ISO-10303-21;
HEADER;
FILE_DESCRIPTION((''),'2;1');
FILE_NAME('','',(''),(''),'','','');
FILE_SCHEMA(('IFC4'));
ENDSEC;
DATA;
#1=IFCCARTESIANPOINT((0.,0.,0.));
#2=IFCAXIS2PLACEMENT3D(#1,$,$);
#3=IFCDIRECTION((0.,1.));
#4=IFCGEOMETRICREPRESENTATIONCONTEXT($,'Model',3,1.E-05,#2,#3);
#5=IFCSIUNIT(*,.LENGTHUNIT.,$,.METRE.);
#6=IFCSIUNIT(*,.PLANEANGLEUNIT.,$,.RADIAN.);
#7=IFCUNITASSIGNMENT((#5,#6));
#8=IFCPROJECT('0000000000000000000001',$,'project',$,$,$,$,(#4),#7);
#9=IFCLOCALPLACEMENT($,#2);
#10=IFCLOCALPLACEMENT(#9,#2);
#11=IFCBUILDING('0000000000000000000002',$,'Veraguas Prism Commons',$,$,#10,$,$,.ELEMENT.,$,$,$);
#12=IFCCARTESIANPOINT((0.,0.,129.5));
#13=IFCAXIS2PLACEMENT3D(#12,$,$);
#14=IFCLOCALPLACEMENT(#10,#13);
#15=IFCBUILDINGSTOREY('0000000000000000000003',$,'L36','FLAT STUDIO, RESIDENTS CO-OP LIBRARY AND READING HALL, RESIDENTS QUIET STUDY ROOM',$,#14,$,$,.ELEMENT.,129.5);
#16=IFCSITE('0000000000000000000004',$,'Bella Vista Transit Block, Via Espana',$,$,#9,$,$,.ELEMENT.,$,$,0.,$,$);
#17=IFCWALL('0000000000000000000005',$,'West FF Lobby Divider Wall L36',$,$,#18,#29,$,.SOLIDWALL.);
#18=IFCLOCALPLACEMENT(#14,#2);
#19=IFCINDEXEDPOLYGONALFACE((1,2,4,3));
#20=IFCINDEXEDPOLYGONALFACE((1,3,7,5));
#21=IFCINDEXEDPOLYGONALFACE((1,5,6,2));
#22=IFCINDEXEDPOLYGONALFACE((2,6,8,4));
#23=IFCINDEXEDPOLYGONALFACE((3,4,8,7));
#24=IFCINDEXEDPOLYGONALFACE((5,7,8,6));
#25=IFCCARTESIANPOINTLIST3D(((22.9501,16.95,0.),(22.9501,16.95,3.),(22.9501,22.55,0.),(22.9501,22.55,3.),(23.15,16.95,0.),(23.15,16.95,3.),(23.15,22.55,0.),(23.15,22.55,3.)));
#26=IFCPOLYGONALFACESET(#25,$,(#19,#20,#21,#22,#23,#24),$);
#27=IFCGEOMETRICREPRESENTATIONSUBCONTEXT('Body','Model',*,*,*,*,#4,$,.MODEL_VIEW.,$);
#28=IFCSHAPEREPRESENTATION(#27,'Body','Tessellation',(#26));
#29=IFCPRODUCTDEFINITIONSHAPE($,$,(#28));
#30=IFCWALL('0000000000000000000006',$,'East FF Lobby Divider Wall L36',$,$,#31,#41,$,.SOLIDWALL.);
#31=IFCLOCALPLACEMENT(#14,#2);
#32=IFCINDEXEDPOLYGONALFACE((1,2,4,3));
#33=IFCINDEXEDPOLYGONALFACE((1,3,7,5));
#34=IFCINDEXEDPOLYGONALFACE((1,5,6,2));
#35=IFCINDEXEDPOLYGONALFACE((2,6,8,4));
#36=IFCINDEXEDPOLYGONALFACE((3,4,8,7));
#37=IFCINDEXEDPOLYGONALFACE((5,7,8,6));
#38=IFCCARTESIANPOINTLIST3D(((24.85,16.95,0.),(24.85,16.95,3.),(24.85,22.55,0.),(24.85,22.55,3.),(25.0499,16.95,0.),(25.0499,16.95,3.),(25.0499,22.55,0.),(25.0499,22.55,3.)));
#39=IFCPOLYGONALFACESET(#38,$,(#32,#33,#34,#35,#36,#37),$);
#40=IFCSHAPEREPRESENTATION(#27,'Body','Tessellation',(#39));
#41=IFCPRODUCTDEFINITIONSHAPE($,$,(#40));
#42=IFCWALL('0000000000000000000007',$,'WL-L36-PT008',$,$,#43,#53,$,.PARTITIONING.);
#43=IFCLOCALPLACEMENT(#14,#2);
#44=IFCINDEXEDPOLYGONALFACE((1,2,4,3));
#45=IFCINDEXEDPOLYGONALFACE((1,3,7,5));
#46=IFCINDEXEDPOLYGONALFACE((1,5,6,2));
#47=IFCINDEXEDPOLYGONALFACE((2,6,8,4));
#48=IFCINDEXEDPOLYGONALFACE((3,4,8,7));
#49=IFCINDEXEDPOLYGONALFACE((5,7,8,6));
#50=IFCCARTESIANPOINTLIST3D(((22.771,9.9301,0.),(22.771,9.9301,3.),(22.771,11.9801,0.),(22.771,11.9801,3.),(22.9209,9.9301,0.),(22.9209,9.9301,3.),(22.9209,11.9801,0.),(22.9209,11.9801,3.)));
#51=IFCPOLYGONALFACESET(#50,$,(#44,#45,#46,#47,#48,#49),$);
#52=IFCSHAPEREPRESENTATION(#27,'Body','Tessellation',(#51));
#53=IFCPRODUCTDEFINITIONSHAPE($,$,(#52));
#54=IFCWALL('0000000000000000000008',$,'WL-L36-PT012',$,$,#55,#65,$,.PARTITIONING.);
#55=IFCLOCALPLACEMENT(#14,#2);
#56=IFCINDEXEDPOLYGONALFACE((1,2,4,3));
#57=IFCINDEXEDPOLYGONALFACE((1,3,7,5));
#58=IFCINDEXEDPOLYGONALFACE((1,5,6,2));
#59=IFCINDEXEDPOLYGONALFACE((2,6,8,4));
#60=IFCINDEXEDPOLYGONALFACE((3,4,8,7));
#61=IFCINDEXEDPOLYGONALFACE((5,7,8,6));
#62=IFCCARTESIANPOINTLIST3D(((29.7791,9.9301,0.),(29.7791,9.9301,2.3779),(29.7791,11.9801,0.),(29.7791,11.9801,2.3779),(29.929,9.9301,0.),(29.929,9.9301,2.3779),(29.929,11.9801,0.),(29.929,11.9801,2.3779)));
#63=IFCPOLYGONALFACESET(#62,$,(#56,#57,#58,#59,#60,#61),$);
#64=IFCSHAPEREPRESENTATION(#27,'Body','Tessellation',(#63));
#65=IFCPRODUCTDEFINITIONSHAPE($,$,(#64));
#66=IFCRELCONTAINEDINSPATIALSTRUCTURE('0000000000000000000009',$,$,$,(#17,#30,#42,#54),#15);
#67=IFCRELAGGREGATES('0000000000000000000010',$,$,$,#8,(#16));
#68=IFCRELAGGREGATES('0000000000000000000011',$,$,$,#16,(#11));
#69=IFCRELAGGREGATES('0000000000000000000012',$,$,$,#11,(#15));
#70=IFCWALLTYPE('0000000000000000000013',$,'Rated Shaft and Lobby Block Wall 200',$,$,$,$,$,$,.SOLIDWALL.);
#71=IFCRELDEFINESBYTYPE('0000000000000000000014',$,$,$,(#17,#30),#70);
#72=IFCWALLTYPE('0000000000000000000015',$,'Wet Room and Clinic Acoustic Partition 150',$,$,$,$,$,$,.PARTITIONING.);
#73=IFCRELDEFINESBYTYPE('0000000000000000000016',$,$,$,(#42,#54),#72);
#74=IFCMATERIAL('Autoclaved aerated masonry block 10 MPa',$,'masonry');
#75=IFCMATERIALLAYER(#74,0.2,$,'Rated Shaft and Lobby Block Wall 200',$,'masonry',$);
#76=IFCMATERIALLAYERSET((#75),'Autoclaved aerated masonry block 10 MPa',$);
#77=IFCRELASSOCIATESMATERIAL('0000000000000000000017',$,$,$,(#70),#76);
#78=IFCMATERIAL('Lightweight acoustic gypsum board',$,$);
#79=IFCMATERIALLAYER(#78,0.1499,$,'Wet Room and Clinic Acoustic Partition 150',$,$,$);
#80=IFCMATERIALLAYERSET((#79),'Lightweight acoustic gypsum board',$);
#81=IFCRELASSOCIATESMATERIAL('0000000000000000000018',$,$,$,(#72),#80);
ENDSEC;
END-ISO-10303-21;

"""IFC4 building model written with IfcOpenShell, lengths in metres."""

from ifc_helpers import new_model, si_unit, direction, frame, frame_2d, origin, place, context, subcontext, project, spatial, rectangle, extrude, material, layer, layer_set, type_object, element, save


model = new_model("IFC4")

# Units and contexts
model_context = context("Model", 3, precision=1e-05, world=origin(), true_north=direction((0.0, 1.0)))
body_context = subcontext(model_context, "Body", "Model", "MODEL_VIEW")
ifc_project = project(units=[si_unit("LENGTHUNIT", "METRE"), si_unit("PLANEANGLEUNIT", "RADIAN")], contexts=[model_context])

# Site, building, storey
site_placement = place(None, origin())
site = spatial("IfcSite", under=ifc_project, at=site_placement, Name="Bella Vista Transit Block, Via Espana", CompositionType="ELEMENT", RefElevation=0.0)
building_placement = place(site_placement, origin())
building = spatial("IfcBuilding", under=site, at=building_placement, Name="Veraguas Prism Commons", CompositionType="ELEMENT")
storey_placement = place(building_placement, frame((0.0, 0.0, 129.5)))
storey = spatial("IfcBuildingStorey", under=building, at=storey_placement, Name="L36", Description="FLAT STUDIO, RESIDENTS CO-OP LIBRARY AND READING HALL, RESIDENTS QUIET STUDY ROOM", CompositionType="ELEMENT", Elevation=129.5)

# Shared definitions
ifc_material_1 = material(Name="Autoclaved aerated masonry block 10 MPa", Category="masonry")

# Shared definitions
ifc_material_2 = material(Name="Lightweight acoustic gypsum board")
ifc_layer_1 = layer(ifc_material_1, 0.2, Name="Rated Shaft and Lobby Block Wall 200", Category="masonry")
ifc_layer_set_1 = layer_set([ifc_layer_1], Name="Autoclaved aerated masonry block 10 MPa")
wall_type_1 = type_object("IfcWallType", Name="Rated Shaft and Lobby Block Wall 200", PredefinedType="SOLIDWALL", material=ifc_layer_set_1)

# Walls
for number, where, z_axis, x_axis, name in (
    (1, (23.05, 16.95, 0.0), (0.0, 0.0, 1.0), (0.0, 1.0, 0.0), "West FF Lobby Divider Wall L36"),
    (2, (24.95, 16.95, 0.0), (0.0, 0.0, 1.0), (0.0, 1.0, 0.0), "East FF Lobby Divider Wall L36"),
):
    element("IfcWall", number, at=place(storey_placement, frame(where, z_axis=z_axis, x_axis=x_axis)), inside=storey, type_object=wall_type_1, Name=name, PredefinedType="SOLIDWALL", context=body_context, shape_type="SweptSolid", body=[
        extrude(rectangle(XDim=5.6001, YDim=0.2, at=frame_2d((2.8, 0.0))), origin(), (0.0, 0.0, 1.0), 3.0),
    ])
ifc_layer_2 = layer(ifc_material_2, 0.1499, Name="Wet Room and Clinic Acoustic Partition 150")
ifc_layer_set_2 = layer_set([ifc_layer_2], Name="Lightweight acoustic gypsum board")
wall_type_2 = type_object("IfcWallType", Name="Wet Room and Clinic Acoustic Partition 150", PredefinedType="PARTITIONING", material=ifc_layer_set_2)
wall_1_placement = place(storey_placement, frame((22.8459, 11.98, 0.0), z_axis=(0.0, 0.0, 1.0), x_axis=(0.0, -1.0, 0.0)))
element("IfcWall", 3, at=wall_1_placement, inside=storey, type_object=wall_type_2, Name="WL-L36-PT008", PredefinedType="PARTITIONING", context=body_context, shape_type="SweptSolid", body=[
    extrude(rectangle(XDim=2.05, YDim=0.1499, at=frame_2d((1.0249, 0.0))), origin(), (0.0, 0.0, 1.0), 3.0),
])
wall_2_placement = place(storey_placement, frame((29.854, 11.98, 0.0), z_axis=(0.0, 0.0, 1.0), x_axis=(0.0, -1.0, 0.0)))
element("IfcWall", 4, at=wall_2_placement, inside=storey, type_object=wall_type_2, Name="WL-L36-PT012", PredefinedType="PARTITIONING", context=body_context, shape_type="SweptSolid", body=[
    extrude(rectangle(XDim=2.05, YDim=0.1499, at=frame_2d((1.0249, 0.0))), origin(), (0.0, 0.0, 1.0), 2.3779),
])

save(model, "model.ifc")
